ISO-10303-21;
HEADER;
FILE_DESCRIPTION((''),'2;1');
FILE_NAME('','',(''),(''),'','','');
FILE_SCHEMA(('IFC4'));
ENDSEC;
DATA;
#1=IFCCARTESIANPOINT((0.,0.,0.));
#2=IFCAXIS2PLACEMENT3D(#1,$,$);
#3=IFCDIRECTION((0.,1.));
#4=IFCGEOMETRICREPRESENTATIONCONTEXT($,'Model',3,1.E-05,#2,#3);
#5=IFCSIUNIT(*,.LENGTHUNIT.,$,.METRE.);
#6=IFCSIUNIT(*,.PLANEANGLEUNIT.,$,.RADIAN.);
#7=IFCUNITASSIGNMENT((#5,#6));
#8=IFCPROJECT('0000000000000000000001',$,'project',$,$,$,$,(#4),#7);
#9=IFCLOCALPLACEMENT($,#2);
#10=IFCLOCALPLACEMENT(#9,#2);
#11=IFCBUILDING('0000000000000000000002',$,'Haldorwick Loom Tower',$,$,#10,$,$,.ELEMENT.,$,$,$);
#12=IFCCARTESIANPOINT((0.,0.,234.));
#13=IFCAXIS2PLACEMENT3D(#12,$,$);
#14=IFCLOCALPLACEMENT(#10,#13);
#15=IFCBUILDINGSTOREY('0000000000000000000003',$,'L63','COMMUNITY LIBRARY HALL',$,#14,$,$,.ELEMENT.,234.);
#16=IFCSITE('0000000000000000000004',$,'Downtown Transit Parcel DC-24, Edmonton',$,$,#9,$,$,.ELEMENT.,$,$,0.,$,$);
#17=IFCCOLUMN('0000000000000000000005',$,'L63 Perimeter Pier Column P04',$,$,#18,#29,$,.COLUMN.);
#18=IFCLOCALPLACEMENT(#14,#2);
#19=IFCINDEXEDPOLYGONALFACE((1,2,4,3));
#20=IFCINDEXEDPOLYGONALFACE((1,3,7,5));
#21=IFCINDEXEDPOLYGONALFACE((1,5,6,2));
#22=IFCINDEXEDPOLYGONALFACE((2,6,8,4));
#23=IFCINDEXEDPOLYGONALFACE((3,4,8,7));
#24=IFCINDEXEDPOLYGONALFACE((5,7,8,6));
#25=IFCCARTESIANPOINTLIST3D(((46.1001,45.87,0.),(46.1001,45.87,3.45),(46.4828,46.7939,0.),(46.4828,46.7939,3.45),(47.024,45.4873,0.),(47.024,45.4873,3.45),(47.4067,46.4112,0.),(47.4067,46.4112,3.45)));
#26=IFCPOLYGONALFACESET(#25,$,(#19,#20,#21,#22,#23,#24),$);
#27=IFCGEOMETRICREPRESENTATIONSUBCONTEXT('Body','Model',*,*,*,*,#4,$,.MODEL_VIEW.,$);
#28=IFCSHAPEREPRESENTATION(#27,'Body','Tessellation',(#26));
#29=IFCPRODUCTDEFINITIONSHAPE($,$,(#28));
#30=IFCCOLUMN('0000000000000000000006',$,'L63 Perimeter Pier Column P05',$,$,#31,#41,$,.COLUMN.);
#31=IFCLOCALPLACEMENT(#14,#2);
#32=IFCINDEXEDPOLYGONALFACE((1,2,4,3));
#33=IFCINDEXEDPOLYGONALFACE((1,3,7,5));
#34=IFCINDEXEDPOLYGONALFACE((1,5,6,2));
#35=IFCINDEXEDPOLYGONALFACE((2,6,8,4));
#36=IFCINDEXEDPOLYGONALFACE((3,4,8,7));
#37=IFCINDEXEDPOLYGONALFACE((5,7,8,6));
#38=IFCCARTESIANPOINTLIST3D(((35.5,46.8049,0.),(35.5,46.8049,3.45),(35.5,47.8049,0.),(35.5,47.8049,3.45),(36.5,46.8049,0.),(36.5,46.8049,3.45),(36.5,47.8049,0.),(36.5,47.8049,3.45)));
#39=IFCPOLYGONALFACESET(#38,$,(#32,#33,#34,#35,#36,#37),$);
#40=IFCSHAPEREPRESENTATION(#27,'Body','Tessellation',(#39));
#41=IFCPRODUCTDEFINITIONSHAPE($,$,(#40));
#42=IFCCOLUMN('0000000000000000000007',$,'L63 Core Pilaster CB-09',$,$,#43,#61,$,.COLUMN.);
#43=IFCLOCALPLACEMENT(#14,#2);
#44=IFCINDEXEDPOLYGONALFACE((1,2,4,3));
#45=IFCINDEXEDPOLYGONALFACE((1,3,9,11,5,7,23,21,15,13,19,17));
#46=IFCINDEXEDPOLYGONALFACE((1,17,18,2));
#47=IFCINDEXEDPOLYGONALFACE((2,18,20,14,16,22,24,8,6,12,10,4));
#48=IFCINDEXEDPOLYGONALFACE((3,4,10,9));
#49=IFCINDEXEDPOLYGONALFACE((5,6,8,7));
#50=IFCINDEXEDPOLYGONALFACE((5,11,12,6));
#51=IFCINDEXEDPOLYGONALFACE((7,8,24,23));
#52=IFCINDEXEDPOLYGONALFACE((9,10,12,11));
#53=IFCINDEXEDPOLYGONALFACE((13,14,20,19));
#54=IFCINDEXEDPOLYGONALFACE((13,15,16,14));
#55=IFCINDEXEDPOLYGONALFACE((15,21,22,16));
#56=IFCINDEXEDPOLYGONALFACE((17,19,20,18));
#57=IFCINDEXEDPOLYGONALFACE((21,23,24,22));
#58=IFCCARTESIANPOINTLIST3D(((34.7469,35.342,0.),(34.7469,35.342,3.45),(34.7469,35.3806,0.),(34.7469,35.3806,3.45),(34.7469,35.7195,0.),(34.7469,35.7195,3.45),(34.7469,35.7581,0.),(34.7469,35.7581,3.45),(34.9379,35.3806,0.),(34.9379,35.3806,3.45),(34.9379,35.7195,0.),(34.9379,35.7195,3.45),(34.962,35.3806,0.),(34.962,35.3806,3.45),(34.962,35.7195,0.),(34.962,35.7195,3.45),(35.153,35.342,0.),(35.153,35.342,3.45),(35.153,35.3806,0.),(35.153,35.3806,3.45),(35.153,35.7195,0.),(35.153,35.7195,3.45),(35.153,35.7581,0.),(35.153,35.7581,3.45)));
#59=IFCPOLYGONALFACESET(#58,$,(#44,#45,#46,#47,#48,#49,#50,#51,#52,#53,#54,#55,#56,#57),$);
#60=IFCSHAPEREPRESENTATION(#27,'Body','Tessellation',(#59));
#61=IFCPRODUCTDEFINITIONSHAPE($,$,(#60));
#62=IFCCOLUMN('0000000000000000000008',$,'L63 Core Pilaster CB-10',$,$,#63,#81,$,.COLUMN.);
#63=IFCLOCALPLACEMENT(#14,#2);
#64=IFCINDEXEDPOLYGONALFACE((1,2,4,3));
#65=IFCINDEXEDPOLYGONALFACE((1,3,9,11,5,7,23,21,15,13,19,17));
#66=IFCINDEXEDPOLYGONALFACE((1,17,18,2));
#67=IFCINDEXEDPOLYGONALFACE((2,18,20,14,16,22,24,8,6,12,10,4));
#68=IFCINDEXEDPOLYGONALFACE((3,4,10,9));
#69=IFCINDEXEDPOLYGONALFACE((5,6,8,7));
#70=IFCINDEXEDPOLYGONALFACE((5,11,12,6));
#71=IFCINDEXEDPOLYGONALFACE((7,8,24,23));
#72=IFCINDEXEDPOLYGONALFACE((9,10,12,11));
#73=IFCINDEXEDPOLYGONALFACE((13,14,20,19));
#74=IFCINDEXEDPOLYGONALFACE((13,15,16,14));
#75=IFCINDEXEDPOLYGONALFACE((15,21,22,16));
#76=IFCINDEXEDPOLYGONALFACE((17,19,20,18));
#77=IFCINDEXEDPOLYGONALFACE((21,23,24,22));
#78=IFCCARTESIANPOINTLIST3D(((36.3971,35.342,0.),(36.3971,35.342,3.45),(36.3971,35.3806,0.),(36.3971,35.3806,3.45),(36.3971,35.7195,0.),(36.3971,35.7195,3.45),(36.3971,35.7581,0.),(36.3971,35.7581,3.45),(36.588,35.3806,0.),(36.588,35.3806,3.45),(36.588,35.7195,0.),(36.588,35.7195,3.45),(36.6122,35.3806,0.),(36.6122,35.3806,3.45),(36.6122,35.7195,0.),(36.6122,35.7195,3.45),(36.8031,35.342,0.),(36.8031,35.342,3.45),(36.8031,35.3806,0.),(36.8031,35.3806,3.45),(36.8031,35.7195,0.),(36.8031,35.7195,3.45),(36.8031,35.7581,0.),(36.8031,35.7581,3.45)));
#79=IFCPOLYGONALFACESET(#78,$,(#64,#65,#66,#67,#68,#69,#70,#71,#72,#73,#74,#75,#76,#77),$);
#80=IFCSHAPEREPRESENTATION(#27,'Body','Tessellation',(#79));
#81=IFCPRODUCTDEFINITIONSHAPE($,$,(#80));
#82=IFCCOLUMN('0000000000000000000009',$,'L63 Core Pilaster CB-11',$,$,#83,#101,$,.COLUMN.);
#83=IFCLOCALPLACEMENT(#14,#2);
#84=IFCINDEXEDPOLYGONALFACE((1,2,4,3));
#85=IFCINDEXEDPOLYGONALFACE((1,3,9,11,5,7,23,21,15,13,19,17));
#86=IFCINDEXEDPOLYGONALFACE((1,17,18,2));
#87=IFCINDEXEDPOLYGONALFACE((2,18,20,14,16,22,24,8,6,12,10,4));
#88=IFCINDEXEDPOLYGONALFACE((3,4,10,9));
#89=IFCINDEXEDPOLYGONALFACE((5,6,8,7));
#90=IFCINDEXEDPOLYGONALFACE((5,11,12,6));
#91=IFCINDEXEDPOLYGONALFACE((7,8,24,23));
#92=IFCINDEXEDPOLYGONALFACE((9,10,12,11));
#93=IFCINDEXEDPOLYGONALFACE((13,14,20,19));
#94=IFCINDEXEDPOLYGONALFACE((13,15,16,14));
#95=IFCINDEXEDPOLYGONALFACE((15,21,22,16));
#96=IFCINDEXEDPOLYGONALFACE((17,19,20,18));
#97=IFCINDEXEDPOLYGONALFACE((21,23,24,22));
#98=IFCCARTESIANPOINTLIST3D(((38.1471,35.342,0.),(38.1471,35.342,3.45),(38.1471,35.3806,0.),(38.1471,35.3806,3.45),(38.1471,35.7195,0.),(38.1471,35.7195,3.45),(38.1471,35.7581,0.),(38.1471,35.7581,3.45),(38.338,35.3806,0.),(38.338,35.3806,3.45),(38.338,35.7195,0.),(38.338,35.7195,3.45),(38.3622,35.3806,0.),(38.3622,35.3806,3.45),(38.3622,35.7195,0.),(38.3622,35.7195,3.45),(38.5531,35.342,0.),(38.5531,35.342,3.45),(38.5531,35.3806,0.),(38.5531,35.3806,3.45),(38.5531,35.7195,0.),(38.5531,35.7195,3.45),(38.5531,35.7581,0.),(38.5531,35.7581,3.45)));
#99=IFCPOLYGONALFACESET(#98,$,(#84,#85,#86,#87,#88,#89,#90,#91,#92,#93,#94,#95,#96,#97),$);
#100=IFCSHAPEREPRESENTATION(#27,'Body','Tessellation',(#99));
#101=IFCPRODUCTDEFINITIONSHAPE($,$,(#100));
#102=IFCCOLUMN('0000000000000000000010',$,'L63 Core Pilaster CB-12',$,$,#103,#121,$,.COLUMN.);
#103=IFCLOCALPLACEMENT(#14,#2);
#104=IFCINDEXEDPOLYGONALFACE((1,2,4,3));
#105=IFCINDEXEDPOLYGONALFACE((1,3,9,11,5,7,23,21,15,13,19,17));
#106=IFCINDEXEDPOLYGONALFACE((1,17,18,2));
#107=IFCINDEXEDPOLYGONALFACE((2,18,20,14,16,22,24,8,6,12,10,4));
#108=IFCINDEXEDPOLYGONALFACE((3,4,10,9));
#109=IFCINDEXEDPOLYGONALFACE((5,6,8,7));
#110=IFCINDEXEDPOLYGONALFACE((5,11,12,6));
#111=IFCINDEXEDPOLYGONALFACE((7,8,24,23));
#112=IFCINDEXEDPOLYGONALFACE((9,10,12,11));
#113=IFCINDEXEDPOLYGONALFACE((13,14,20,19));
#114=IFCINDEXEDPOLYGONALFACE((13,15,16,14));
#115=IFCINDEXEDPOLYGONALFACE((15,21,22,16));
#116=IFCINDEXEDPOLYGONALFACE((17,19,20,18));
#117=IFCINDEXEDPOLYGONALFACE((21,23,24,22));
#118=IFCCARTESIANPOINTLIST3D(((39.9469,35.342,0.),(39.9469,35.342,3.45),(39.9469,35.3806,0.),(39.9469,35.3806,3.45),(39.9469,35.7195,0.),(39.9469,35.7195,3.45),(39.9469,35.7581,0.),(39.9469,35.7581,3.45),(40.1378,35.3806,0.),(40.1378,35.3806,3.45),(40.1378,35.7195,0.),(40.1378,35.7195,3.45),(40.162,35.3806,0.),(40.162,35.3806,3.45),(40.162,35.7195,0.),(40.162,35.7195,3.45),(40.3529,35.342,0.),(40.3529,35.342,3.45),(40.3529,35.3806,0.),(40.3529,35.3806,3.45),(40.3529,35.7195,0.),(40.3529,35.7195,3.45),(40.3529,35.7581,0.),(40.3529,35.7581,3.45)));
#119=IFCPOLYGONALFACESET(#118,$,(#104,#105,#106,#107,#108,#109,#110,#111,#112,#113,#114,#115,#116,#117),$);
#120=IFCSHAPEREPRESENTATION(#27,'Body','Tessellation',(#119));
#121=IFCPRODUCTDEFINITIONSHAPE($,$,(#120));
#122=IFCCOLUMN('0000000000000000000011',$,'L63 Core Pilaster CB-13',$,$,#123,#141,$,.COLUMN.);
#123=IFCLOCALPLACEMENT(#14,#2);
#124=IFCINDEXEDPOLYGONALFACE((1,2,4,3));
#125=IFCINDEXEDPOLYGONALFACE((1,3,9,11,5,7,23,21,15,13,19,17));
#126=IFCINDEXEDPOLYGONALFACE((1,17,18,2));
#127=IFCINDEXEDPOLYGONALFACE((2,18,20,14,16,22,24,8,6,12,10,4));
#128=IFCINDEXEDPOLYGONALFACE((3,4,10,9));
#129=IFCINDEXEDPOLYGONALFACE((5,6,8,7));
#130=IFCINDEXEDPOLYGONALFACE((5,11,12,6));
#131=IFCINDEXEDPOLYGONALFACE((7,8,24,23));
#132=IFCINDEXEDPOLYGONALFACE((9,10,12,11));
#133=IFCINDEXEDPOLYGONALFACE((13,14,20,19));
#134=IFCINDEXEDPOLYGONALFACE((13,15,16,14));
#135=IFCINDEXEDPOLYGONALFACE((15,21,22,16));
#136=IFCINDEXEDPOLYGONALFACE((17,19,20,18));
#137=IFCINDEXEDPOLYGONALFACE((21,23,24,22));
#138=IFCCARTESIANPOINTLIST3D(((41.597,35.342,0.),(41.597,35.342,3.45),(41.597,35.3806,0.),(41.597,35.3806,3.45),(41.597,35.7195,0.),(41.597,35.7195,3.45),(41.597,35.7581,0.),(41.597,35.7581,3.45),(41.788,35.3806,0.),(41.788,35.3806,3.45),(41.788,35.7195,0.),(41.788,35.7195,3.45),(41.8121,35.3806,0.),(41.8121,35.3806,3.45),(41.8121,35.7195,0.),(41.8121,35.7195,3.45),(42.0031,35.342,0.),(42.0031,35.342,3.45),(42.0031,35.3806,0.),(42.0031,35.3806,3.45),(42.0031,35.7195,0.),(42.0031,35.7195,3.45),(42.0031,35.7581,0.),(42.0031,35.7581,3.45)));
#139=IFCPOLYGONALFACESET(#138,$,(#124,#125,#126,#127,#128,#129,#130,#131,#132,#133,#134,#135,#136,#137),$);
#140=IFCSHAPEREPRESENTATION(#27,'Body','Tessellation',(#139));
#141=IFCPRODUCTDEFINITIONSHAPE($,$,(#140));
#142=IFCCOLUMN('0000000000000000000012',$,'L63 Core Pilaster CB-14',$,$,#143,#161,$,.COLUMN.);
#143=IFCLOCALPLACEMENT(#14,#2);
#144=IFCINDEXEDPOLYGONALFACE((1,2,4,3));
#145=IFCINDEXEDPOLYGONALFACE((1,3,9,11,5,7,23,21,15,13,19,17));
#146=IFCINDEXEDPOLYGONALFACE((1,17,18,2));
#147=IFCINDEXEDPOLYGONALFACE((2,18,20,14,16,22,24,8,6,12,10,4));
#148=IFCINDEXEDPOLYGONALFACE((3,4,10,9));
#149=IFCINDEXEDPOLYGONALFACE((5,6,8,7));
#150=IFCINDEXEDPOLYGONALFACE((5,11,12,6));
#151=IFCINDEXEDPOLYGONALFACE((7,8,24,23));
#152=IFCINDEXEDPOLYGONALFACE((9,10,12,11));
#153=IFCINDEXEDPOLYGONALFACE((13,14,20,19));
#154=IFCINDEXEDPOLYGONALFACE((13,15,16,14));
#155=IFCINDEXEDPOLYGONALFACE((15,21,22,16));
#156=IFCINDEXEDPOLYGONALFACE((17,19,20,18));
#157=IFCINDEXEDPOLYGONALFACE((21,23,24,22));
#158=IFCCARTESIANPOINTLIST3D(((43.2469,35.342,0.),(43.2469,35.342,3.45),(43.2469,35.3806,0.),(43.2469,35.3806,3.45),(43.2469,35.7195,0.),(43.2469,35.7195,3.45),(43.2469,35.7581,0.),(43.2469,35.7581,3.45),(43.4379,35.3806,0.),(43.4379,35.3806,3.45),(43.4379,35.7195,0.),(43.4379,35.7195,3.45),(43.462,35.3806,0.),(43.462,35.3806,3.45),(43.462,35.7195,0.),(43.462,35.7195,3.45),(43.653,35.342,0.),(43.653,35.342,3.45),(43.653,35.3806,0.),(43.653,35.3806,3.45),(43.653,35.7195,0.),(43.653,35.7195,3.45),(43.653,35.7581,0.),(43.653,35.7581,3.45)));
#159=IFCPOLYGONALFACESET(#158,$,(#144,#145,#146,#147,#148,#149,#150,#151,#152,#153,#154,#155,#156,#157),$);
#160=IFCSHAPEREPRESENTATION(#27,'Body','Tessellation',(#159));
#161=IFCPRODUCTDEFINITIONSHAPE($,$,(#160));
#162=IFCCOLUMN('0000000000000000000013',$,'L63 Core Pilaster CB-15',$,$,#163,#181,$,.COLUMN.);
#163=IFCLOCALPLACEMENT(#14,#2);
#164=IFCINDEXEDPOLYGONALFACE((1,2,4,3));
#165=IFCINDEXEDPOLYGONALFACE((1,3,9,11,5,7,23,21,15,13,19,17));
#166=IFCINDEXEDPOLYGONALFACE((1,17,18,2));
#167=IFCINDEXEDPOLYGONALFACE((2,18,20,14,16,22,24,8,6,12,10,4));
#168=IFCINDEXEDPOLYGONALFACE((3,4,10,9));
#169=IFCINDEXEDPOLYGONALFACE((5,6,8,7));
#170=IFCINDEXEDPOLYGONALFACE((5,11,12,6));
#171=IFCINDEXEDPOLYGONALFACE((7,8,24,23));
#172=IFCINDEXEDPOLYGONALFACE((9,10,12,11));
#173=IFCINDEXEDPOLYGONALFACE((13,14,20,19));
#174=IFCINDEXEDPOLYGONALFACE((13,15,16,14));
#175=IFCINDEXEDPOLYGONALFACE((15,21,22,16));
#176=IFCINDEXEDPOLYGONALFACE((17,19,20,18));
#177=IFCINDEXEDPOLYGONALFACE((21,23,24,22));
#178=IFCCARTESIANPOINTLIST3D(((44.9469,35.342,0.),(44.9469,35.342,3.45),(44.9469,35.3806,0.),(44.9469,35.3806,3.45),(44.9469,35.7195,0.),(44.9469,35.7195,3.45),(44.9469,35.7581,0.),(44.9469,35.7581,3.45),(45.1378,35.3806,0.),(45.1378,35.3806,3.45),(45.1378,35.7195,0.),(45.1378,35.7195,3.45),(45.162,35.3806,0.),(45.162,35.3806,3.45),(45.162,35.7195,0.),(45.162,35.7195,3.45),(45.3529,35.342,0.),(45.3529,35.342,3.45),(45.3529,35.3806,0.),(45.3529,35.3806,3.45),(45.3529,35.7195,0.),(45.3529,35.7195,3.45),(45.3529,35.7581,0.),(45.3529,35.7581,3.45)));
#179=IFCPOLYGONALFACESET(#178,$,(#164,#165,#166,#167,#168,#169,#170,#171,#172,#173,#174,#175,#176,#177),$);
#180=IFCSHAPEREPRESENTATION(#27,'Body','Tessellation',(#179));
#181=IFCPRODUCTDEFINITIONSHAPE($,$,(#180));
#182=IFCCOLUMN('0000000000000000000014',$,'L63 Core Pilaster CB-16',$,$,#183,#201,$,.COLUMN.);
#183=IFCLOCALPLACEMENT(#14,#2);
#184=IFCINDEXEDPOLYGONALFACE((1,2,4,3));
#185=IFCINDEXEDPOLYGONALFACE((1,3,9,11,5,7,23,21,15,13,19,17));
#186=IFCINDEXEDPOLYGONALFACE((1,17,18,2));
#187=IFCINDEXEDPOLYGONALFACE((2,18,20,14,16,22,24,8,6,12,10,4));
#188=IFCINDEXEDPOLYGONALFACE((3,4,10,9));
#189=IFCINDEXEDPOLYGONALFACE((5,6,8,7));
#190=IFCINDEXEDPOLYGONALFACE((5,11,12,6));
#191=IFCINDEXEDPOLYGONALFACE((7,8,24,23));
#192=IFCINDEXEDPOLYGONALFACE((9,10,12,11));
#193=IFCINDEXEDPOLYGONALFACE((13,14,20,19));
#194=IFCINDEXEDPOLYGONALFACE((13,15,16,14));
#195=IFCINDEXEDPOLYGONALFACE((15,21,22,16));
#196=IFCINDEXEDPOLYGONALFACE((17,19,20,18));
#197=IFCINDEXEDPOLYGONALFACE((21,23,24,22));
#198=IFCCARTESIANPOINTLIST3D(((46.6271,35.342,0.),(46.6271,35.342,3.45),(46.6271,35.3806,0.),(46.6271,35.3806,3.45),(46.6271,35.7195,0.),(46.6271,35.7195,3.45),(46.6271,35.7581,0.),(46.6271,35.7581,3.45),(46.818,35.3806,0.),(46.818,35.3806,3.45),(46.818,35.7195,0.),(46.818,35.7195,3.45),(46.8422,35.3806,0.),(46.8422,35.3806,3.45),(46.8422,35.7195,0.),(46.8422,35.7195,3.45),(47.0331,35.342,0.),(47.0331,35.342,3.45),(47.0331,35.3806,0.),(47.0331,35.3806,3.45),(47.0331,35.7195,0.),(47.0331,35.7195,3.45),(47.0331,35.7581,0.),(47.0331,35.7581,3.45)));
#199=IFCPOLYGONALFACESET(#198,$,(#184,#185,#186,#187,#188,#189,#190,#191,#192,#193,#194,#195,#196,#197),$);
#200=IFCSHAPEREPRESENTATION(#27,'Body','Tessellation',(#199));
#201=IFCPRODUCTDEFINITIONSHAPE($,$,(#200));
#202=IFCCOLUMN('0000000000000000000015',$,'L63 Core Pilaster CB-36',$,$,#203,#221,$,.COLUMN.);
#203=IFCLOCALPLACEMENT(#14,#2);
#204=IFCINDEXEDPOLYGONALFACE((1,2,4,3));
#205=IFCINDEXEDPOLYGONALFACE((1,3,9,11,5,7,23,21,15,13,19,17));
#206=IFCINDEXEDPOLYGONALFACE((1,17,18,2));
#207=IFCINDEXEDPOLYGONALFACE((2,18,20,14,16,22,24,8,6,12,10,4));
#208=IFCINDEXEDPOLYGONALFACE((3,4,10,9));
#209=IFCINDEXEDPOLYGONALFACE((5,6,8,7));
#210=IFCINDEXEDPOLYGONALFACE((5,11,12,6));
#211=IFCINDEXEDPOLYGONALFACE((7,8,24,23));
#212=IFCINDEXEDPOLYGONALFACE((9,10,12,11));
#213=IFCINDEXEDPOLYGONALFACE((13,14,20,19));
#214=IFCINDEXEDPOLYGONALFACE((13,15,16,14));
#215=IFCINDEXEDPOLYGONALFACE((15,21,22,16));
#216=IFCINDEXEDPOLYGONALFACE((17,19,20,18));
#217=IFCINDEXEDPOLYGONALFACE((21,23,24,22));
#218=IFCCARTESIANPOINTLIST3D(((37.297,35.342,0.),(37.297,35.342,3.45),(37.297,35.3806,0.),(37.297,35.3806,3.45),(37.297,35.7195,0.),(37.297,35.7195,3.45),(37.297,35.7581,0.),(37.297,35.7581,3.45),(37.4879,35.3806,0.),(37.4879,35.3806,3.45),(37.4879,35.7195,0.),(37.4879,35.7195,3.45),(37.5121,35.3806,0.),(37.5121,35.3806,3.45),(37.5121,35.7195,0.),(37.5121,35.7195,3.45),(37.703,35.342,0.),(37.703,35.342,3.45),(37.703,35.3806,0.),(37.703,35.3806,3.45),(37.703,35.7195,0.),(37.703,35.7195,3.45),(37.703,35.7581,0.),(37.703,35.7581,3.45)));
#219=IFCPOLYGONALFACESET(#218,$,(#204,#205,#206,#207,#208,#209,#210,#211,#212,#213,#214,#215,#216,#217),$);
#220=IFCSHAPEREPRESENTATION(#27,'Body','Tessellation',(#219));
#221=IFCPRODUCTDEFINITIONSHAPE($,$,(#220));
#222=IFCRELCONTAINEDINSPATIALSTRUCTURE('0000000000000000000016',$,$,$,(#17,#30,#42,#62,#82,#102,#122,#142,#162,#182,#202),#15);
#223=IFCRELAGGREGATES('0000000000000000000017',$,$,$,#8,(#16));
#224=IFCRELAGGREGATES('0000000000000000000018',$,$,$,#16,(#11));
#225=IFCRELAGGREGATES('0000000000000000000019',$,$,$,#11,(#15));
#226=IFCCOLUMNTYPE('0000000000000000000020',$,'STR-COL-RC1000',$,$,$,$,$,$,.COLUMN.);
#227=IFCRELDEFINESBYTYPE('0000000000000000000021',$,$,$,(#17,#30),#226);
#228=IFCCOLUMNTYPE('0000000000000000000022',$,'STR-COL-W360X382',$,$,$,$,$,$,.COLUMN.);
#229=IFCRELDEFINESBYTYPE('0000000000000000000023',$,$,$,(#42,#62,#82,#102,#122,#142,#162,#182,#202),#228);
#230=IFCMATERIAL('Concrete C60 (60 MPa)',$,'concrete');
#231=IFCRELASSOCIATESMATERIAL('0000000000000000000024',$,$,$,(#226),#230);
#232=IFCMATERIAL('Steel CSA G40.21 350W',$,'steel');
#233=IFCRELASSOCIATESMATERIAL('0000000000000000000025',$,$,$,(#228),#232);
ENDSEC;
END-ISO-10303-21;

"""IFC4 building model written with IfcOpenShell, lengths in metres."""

from ifc_helpers import new_model, si_unit, direction, frame, origin, origin_2d, place, context, subcontext, project, spatial, rectangle, i_section, extrude, material, material_profile, profile_set, type_object, element, save


model = new_model("IFC4")

# Units and contexts
model_context = context("Model", 3, precision=1e-05, world=origin(), true_north=direction((0.0, 1.0)))
body_context = subcontext(model_context, "Body", "Model", "MODEL_VIEW")
ifc_project = project(units=[si_unit("LENGTHUNIT", "METRE"), si_unit("PLANEANGLEUNIT", "RADIAN")], contexts=[model_context])

# Site, building, storey
site_placement = place(None, origin())
site = spatial("IfcSite", under=ifc_project, at=site_placement, Name="Downtown Transit Parcel DC-24, Edmonton", CompositionType="ELEMENT", RefElevation=0.0)
building_placement = place(site_placement, origin())
building = spatial("IfcBuilding", under=site, at=building_placement, Name="Haldorwick Loom Tower", CompositionType="ELEMENT")
storey_placement = place(building_placement, frame((0.0, 0.0, 234.0)))
storey = spatial("IfcBuildingStorey", under=building, at=storey_placement, Name="L63", Description="COMMUNITY LIBRARY HALL", CompositionType="ELEMENT", Elevation=234.0)

# Columns
ifc_material_1 = material(Name="Concrete C60 (60 MPa)", Category="concrete")
ifc_material_profile_1 = material_profile(ifc_material_1, rectangle(XDim=1.0, YDim=1.0, at=origin_2d()), Name="RC1000X1000", Category="concrete")
ifc_profile_set_1 = profile_set([ifc_material_profile_1], Name="Concrete C60 (60 MPa)")
column_type_1 = type_object("IfcColumnType", Name="STR-COL-RC1000", PredefinedType="COLUMN", material=ifc_profile_set_1)
for number, where, z_axis, x_axis, name in (
    (1, (46.7534, 46.1406, 0.0), (0.0, 0.0, 1.0), (0.382683, 0.92388, 0.0), "L63 Perimeter Pier Column P04"),
    (2, (36.0, 47.3049, 0.0), (0.0, 0.0, 1.0), (0.0, 1.0, 0.0), "L63 Perimeter Pier Column P05"),
):
    element("IfcColumn", number, at=place(storey_placement, frame(where, z_axis=z_axis, x_axis=x_axis)), inside=storey, type_object=column_type_1, Name=name, PredefinedType="COLUMN", context=body_context, shape_type="SweptSolid", body=[
        extrude(rectangle(XDim=1.0, YDim=1.0, at=origin_2d()), origin(), (0.0, 0.0, 1.0), 3.45),
    ])
ifc_material_2 = material(Name="Steel CSA G40.21 350W", Category="steel")
ifc_material_profile_2 = material_profile(ifc_material_2, i_section(OverallWidth=0.406, OverallDepth=0.416, WebThickness=0.0242, FlangeThickness=0.0386, at=origin_2d()), Name="W360X382", Category="steel")
ifc_profile_set_2 = profile_set([ifc_material_profile_2], Name="Steel CSA G40.21 350W")
column_type_2 = type_object("IfcColumnType", Name="STR-COL-W360X382", PredefinedType="COLUMN", material=ifc_profile_set_2)
for number, where, z_axis, x_axis, name in (
    (3, (34.95, 35.55, 0.0), (0.0, 0.0, 1.0), (1.0, 0.0, 0.0), "L63 Core Pilaster CB-09"),
    (4, (36.6001, 35.55, 0.0), (0.0, 0.0, 1.0), (1.0, 0.0, 0.0), "L63 Core Pilaster CB-10"),
    (5, (38.3501, 35.55, 0.0), (0.0, 0.0, 1.0), (1.0, 0.0, 0.0), "L63 Core Pilaster CB-11"),
    (6, (40.1499, 35.55, 0.0), (0.0, 0.0, 1.0), (1.0, 0.0, 0.0), "L63 Core Pilaster CB-12"),
    (7, (41.8, 35.55, 0.0), (0.0, 0.0, 1.0), (1.0, 0.0, 0.0), "L63 Core Pilaster CB-13"),
    (8, (43.45, 35.55, 0.0), (0.0, 0.0, 1.0), (1.0, 0.0, 0.0), "L63 Core Pilaster CB-14"),
    (9, (45.1499, 35.55, 0.0), (0.0, 0.0, 1.0), (1.0, 0.0, 0.0), "L63 Core Pilaster CB-15"),
    (10, (46.8301, 35.55, 0.0), (0.0, 0.0, 1.0), (1.0, 0.0, 0.0), "L63 Core Pilaster CB-16"),
    (11, (37.5, 35.55, 0.0), (0.0, 0.0, 1.0), (1.0, 0.0, 0.0), "L63 Core Pilaster CB-36"),
):
    element("IfcColumn", number, at=place(storey_placement, frame(where, z_axis=z_axis, x_axis=x_axis)), inside=storey, type_object=column_type_2, Name=name, PredefinedType="COLUMN", context=body_context, shape_type="SweptSolid", body=[
        extrude(i_section(OverallWidth=0.406, OverallDepth=0.416, WebThickness=0.0242, FlangeThickness=0.0386, at=origin_2d()), origin(), (0.0, 0.0, 1.0), 3.45),
    ])

save(model, "model.ifc")
